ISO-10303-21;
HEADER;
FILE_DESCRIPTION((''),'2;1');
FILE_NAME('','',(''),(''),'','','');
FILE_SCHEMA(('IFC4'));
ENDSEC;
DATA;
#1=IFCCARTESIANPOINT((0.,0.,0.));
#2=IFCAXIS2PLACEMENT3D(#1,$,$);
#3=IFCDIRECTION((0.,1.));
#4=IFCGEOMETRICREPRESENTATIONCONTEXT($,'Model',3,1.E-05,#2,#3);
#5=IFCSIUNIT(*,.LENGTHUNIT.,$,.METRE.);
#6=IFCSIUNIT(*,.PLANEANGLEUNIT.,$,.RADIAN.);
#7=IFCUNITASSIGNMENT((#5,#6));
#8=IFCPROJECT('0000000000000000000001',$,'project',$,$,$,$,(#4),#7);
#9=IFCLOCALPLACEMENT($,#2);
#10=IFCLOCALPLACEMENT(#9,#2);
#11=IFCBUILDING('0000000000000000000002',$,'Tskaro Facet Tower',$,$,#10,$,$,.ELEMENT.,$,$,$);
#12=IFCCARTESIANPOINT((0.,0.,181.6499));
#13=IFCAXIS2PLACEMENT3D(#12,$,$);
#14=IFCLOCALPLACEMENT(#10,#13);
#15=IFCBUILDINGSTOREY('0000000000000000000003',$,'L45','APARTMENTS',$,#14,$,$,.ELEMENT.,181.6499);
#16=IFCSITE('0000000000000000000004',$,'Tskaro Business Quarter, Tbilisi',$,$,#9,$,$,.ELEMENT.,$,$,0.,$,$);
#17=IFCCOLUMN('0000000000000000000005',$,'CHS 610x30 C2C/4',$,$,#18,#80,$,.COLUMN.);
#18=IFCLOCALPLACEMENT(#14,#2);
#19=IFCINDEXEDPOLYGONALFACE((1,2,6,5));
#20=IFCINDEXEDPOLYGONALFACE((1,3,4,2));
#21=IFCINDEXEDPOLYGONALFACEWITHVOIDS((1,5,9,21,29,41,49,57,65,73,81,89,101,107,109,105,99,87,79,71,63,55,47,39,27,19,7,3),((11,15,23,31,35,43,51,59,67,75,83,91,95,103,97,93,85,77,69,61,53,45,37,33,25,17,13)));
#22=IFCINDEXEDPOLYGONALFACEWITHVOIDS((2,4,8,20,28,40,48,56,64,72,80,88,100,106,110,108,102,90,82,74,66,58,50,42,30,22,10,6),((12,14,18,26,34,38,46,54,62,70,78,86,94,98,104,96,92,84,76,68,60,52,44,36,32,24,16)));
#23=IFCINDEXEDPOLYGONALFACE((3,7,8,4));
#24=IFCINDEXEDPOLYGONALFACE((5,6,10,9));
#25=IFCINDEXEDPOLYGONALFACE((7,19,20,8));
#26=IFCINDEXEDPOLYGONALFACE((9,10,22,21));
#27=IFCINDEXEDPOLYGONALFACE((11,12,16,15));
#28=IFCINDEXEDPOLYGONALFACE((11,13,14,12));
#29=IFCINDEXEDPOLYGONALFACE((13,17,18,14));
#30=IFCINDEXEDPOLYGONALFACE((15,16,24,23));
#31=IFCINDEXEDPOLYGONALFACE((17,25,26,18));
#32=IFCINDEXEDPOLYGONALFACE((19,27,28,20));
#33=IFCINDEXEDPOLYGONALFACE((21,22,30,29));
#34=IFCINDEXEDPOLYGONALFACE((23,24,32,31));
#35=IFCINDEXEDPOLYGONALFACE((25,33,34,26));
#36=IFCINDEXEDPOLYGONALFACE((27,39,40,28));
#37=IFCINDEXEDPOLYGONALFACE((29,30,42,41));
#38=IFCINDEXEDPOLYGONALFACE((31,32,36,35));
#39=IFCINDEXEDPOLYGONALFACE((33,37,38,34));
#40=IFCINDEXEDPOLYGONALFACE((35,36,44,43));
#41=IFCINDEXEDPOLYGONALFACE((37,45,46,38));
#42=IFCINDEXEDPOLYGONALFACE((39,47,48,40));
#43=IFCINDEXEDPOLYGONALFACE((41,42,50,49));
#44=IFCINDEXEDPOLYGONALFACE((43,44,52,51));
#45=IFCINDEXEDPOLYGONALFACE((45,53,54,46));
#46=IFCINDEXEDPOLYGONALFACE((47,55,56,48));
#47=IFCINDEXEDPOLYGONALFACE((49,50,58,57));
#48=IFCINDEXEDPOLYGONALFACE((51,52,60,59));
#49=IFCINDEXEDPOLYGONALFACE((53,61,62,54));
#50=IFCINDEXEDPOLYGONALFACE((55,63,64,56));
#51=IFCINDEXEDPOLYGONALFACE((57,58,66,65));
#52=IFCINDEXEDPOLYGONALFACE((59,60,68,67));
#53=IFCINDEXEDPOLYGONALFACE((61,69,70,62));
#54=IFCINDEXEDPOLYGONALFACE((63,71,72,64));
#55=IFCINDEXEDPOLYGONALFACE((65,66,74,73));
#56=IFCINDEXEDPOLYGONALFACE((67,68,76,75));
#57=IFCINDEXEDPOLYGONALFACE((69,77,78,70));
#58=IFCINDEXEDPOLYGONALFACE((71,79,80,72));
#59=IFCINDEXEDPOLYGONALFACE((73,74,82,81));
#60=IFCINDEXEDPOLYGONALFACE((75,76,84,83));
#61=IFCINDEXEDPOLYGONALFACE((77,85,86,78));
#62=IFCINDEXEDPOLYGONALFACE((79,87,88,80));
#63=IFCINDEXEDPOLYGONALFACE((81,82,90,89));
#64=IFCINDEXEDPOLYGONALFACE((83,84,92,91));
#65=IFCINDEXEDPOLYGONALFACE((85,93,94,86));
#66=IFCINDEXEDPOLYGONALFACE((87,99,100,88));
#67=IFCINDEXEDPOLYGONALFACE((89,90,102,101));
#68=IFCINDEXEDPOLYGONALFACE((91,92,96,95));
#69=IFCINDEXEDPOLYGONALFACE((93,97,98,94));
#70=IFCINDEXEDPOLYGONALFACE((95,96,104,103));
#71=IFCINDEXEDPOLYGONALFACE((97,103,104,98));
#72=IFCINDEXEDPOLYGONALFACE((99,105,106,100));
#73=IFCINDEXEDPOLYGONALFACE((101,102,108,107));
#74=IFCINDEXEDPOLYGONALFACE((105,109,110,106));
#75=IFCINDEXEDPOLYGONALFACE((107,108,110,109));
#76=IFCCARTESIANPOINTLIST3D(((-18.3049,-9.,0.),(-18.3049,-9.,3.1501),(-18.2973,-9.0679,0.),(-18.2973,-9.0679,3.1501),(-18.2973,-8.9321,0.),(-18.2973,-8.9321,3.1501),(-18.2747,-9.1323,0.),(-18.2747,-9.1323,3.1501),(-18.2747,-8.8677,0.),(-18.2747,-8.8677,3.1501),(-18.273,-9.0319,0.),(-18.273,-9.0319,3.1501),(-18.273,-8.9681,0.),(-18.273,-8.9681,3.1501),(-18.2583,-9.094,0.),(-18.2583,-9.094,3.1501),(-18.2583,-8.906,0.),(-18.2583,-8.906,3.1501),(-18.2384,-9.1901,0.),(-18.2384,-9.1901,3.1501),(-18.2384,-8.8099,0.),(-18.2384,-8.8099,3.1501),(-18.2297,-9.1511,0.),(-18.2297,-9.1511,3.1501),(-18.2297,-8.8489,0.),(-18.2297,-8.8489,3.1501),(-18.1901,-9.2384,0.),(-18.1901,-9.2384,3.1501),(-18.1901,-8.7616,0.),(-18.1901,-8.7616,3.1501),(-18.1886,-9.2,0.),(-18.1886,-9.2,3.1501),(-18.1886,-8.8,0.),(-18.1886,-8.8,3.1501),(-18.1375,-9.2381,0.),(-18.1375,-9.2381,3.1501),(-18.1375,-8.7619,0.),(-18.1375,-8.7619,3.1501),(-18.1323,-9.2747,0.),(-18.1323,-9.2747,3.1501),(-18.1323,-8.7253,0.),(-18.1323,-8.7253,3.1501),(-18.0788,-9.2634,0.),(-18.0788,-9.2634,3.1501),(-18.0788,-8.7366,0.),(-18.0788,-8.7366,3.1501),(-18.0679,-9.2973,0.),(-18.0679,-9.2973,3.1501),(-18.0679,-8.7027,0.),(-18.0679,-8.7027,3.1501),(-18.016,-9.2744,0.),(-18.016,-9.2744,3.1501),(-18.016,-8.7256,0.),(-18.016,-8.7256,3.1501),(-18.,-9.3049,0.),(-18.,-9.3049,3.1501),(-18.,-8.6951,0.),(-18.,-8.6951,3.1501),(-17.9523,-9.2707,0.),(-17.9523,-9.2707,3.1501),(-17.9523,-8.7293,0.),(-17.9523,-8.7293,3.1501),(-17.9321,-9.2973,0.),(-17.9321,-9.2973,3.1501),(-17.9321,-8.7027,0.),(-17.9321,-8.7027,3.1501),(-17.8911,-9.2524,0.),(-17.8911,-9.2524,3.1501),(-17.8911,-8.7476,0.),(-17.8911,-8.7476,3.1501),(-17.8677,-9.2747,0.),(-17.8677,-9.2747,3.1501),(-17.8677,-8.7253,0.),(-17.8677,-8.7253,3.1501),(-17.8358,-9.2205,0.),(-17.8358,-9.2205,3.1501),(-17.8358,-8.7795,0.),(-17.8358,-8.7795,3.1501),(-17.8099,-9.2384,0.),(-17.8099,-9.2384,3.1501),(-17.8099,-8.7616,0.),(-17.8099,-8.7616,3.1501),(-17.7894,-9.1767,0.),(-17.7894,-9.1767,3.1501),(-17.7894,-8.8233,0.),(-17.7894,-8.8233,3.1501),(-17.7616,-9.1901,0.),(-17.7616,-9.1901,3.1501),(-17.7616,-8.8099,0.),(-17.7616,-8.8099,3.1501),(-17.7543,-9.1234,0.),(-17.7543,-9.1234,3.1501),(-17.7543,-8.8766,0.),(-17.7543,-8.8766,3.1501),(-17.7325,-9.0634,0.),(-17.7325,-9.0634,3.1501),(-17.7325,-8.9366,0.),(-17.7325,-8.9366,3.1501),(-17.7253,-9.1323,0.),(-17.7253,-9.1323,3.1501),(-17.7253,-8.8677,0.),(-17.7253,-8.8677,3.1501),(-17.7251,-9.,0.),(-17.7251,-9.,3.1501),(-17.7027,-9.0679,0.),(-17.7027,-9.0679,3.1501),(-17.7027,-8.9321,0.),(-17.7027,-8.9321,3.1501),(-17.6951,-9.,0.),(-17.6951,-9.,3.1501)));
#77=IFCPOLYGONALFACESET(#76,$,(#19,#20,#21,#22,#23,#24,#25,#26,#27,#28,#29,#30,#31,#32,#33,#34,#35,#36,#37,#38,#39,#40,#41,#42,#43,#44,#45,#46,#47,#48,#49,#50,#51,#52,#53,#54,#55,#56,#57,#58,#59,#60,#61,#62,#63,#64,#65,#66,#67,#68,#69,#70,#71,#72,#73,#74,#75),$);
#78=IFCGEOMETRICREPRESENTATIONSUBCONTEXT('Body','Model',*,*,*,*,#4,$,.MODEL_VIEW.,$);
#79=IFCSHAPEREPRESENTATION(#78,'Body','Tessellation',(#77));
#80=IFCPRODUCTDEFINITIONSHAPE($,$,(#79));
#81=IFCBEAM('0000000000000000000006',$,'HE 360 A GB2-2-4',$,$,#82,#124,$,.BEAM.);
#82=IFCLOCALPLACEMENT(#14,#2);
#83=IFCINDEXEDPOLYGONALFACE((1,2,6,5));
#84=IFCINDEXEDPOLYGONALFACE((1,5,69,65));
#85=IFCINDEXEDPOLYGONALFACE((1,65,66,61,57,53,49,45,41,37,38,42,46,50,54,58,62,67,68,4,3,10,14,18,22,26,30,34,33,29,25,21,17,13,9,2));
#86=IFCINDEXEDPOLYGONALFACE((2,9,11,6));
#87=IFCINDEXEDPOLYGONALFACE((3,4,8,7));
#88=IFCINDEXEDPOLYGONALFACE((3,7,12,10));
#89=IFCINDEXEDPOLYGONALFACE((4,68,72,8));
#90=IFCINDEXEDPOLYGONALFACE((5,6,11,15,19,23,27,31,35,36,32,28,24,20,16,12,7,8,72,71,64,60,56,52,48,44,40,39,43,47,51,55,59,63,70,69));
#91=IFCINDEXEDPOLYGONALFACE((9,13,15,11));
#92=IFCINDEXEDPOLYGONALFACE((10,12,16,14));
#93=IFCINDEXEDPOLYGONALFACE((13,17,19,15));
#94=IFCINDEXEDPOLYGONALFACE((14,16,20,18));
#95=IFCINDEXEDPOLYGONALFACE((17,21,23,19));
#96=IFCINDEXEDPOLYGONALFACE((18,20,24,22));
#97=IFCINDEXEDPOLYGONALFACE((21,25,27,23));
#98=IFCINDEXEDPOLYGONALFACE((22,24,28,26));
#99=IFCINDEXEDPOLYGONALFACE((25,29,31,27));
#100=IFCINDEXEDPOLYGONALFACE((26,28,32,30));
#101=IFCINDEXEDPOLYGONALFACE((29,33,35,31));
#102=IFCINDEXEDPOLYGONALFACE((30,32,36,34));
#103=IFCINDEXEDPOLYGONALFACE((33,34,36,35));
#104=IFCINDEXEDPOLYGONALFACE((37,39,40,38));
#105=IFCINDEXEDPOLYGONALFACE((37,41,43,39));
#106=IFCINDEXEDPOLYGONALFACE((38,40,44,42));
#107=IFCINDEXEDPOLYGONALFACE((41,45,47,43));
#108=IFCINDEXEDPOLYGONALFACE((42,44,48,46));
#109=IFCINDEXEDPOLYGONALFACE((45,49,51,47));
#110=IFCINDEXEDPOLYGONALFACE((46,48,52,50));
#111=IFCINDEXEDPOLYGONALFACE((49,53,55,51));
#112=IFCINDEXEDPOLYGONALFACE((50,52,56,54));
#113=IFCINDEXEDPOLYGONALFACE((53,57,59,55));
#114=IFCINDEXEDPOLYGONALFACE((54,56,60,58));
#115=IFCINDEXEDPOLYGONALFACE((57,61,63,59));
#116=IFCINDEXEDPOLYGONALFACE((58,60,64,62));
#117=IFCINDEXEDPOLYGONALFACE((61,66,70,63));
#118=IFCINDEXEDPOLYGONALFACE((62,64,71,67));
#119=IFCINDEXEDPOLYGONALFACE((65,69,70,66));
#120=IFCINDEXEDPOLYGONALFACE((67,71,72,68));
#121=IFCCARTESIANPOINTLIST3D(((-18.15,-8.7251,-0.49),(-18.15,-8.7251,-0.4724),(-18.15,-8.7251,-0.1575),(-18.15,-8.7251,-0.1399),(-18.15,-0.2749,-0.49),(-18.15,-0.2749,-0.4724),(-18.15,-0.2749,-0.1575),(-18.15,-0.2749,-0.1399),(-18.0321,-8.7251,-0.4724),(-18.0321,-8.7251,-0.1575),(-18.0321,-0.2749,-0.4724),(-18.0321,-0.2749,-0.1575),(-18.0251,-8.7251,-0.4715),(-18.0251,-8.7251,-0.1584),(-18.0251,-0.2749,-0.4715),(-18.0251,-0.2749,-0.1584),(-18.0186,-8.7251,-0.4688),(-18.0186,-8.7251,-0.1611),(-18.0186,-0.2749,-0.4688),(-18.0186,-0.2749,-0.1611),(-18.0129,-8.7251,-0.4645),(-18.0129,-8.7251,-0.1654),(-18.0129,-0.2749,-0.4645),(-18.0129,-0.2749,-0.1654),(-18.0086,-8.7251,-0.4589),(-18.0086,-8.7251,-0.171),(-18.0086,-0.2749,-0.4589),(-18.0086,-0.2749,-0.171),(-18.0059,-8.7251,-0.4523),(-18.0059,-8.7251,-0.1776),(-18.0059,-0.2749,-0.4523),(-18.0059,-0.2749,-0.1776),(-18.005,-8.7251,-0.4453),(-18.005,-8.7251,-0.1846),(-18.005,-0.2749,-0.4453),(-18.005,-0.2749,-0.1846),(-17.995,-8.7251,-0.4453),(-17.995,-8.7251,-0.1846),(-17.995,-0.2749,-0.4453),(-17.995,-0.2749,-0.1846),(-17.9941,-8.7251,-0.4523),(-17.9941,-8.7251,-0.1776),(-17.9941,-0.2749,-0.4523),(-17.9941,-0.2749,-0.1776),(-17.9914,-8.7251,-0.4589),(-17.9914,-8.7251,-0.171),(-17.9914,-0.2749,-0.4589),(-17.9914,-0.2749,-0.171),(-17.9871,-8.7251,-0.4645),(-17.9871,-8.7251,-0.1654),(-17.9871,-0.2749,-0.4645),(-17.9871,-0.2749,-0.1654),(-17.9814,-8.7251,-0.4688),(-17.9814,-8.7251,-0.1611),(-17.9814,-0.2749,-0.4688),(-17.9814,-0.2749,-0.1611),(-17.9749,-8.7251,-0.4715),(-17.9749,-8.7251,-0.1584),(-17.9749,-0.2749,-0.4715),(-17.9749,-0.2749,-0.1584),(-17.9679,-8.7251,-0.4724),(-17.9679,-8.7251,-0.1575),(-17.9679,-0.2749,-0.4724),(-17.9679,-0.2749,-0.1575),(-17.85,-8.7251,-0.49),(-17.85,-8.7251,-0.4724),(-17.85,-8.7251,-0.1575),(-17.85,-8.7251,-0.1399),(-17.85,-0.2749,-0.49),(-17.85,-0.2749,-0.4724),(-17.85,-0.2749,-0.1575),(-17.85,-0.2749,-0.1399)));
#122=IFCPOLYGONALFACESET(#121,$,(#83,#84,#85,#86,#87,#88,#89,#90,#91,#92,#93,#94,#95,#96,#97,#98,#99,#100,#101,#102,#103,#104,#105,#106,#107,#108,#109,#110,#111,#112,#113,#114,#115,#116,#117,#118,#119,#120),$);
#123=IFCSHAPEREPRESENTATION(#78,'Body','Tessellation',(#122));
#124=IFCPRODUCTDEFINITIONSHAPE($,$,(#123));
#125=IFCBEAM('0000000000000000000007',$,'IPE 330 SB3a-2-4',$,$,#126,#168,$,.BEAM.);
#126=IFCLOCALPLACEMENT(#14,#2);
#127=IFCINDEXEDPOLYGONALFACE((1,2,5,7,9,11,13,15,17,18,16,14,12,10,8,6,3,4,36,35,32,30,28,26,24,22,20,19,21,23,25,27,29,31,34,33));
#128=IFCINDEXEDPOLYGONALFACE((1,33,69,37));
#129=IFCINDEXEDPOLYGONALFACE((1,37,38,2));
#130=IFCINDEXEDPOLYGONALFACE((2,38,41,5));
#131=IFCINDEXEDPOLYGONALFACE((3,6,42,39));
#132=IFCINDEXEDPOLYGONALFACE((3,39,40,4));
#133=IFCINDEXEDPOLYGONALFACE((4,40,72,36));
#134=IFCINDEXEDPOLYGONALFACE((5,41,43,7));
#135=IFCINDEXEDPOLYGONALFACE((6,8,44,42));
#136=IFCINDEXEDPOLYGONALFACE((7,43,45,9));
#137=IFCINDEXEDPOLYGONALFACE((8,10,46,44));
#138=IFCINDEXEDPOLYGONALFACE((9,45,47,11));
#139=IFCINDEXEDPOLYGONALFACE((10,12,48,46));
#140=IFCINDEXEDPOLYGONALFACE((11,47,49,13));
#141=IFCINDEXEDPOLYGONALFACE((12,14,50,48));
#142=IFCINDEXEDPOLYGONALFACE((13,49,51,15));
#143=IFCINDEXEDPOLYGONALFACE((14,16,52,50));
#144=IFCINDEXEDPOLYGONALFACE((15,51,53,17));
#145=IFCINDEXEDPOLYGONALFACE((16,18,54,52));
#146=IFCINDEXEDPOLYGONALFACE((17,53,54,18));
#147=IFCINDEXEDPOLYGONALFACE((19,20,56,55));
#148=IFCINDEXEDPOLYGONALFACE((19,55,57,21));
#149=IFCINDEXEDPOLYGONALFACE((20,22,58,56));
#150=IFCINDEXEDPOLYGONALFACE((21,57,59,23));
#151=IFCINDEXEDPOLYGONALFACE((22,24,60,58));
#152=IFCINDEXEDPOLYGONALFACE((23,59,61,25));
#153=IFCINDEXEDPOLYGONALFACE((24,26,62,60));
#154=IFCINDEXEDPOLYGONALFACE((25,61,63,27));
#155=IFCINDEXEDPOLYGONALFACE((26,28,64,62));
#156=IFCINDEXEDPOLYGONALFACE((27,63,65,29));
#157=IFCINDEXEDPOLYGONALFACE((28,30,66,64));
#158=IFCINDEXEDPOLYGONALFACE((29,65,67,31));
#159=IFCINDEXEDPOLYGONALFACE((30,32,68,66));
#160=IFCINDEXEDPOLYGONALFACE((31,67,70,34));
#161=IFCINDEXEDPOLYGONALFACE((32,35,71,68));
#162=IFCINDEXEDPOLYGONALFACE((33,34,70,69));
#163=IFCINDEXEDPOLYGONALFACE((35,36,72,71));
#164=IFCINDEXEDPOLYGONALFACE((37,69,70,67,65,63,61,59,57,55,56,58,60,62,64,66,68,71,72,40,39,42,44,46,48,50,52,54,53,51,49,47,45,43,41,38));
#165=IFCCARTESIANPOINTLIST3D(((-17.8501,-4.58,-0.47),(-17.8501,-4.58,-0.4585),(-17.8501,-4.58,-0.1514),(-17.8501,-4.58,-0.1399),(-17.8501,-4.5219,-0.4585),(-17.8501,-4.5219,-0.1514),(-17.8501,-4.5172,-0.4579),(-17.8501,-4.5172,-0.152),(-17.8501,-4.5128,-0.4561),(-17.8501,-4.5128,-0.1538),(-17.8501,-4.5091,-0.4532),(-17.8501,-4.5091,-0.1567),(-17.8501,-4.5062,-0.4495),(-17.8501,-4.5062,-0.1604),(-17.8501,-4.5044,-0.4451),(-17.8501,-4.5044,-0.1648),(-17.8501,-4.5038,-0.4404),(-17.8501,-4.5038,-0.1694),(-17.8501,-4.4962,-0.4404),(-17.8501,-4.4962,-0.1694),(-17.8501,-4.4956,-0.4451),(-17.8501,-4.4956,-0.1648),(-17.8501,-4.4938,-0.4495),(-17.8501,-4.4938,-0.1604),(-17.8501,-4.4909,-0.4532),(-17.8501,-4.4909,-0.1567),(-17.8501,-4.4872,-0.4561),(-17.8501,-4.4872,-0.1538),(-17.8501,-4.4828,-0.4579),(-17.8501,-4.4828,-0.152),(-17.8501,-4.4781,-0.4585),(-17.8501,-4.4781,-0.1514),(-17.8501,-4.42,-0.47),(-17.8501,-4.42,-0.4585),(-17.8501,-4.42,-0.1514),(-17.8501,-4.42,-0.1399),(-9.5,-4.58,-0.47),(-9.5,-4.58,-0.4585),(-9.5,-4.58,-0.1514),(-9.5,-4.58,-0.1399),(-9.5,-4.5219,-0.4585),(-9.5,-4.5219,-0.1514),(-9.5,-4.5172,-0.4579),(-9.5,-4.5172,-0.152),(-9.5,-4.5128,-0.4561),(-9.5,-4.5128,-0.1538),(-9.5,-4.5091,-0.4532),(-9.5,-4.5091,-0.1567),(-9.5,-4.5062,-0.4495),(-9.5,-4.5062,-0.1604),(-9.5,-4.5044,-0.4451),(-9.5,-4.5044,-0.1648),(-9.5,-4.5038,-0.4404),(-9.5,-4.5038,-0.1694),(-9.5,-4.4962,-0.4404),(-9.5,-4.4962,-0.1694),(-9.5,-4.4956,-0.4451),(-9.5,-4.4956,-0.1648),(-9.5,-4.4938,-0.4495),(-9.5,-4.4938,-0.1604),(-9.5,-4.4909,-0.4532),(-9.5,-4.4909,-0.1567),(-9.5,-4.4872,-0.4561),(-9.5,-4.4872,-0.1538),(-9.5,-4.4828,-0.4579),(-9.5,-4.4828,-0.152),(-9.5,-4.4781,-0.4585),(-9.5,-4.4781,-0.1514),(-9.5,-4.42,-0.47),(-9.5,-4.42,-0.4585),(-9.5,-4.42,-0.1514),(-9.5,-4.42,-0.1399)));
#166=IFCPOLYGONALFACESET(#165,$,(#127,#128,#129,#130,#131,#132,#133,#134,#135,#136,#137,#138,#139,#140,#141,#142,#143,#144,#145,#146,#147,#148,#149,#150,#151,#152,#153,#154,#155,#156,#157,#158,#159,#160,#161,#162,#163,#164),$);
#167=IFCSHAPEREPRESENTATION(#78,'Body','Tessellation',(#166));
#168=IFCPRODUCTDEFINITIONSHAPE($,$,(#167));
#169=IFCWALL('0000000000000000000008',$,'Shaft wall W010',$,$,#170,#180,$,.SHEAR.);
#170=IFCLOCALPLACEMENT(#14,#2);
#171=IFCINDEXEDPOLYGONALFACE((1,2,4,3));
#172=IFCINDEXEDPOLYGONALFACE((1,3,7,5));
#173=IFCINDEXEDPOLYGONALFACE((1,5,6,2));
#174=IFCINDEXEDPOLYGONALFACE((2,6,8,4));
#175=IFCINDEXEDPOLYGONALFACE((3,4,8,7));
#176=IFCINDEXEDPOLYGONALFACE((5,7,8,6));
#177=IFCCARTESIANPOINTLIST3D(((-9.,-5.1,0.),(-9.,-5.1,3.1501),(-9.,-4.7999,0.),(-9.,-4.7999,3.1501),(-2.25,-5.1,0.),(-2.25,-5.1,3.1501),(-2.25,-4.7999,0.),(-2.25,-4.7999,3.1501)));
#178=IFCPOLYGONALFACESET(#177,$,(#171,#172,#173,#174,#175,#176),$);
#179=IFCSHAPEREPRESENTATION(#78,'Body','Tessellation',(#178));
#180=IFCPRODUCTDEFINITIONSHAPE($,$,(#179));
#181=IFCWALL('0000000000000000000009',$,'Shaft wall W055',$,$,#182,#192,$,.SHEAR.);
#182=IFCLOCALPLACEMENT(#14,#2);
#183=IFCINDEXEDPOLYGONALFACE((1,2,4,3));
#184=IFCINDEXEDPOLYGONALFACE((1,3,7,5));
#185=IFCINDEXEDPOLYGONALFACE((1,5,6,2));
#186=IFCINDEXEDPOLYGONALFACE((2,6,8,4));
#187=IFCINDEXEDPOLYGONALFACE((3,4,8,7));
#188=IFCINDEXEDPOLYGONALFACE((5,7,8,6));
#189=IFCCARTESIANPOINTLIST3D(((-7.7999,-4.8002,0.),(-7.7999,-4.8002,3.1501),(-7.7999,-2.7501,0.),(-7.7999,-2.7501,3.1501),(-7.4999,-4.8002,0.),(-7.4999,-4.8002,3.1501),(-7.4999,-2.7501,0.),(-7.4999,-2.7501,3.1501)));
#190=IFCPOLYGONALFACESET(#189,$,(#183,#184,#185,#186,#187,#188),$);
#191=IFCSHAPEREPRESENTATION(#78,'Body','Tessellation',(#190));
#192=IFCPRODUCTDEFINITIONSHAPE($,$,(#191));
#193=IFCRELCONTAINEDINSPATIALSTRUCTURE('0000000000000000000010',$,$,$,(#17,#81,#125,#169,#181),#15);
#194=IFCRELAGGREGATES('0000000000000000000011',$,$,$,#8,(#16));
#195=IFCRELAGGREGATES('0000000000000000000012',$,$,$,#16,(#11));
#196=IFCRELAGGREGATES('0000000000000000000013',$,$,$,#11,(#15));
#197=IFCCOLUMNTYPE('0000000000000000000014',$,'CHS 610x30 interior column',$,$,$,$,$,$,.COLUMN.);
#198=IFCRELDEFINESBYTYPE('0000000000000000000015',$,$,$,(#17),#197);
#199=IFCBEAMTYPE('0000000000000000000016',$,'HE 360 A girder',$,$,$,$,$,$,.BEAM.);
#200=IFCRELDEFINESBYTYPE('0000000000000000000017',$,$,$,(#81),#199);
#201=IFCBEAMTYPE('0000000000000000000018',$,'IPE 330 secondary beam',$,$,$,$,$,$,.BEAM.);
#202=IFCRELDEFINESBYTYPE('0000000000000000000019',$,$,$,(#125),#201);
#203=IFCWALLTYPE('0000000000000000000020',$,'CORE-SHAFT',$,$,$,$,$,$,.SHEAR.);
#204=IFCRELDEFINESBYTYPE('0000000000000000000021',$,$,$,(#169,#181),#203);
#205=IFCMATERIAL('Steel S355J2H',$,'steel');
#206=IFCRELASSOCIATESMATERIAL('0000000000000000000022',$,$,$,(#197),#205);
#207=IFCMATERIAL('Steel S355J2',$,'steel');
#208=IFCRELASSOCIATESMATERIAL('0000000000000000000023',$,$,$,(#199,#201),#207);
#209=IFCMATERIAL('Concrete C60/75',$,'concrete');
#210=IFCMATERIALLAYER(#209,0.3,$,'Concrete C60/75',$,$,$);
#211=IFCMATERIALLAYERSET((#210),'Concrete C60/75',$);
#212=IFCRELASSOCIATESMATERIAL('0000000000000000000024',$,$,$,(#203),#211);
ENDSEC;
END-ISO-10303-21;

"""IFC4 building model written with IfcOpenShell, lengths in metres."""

from ifc_helpers import new_model, si_unit, direction, frame, frame_2d, origin, origin_2d, place, context, subcontext, project, spatial, rectangle, hollow_circle, i_section, extrude, material, layer, layer_set, material_profile, profile_set, type_object, element, save


model = new_model("IFC4")

# Units and contexts
model_context = context("Model", 3, precision=1e-05, world=origin(), true_north=direction((0.0, 1.0)))
body_context = subcontext(model_context, "Body", "Model", "MODEL_VIEW")
ifc_project = project(units=[si_unit("LENGTHUNIT", "METRE"), si_unit("PLANEANGLEUNIT", "RADIAN")], contexts=[model_context])

# Site, building, storey
site_placement = place(None, origin())
site = spatial("IfcSite", under=ifc_project, at=site_placement, Name="Tskaro Business Quarter, Tbilisi", CompositionType="ELEMENT", RefElevation=0.0)
building_placement = place(site_placement, origin())
building = spatial("IfcBuilding", under=site, at=building_placement, Name="Tskaro Facet Tower", CompositionType="ELEMENT")
storey_placement = place(building_placement, frame((0.0, 0.0, 181.6499)))
storey = spatial("IfcBuildingStorey", under=building, at=storey_placement, Name="L45", Description="APARTMENTS", CompositionType="ELEMENT", Elevation=181.6499)

# Column
ifc_material_1 = material(Name="Steel S355J2H", Category="steel")
ifc_material_profile_1 = material_profile(ifc_material_1, hollow_circle(Radius=0.3049, WallThickness=0.03, at=origin_2d()), Name="CHS 610x30")
ifc_profile_set_1 = profile_set([ifc_material_profile_1], Name="Steel S355J2H")
column_type = type_object("IfcColumnType", Name="CHS 610x30 interior column", PredefinedType="COLUMN", material=ifc_profile_set_1)
column_placement = place(storey_placement, frame((-18.0, -9.0, 0.0), z_axis=(0.0, 0.0, 1.0), x_axis=(1.0, 0.0, 0.0)))
element("IfcColumn", 1, at=column_placement, inside=storey, type_object=column_type, Name="CHS 610x30 C2C/4", PredefinedType="COLUMN", context=body_context, shape_type="SweptSolid", body=[
    extrude(hollow_circle(Radius=0.3049, WallThickness=0.03, at=origin_2d()), origin(), (0.0, 0.0, 1.0), 3.1501),
])

# Beams
ifc_material_2 = material(Name="Steel S355J2", Category="steel")
ifc_material_profile_2 = material_profile(ifc_material_2, i_section(OverallWidth=0.3, OverallDepth=0.3501, WebThickness=0.01, FlangeThickness=0.0176, FilletRadius=0.0271, at=origin_2d()), Name="HE 360 A")
ifc_profile_set_2 = profile_set([ifc_material_profile_2], Name="Steel S355J2")
beam_type_1 = type_object("IfcBeamType", Name="HE 360 A girder", PredefinedType="BEAM", material=ifc_profile_set_2)
beam_1_placement = place(storey_placement, frame((-18.0, -8.7251, -0.3149), z_axis=(0.0, 1.0, 0.0), x_axis=(-1.0, 0.0, 0.0)))
element("IfcBeam", 2, at=beam_1_placement, inside=storey, type_object=beam_type_1, Name="HE 360 A GB2-2-4", PredefinedType="BEAM", context=body_context, shape_type="SweptSolid", body=[
    extrude(i_section(OverallWidth=0.3, OverallDepth=0.3501, WebThickness=0.01, FlangeThickness=0.0176, FilletRadius=0.0271, at=origin_2d()), origin(), (0.0, 0.0, 1.0), 8.4502),
])
ifc_material_profile_3 = material_profile(ifc_material_2, i_section(OverallWidth=0.1599, OverallDepth=0.3301, WebThickness=0.0076, FlangeThickness=0.0115, FilletRadius=0.0181, at=origin_2d()), Name="IPE 330")
ifc_profile_set_3 = profile_set([ifc_material_profile_3], Name="Steel S355J2")
beam_type_2 = type_object("IfcBeamType", Name="IPE 330 secondary beam", PredefinedType="BEAM", material=ifc_profile_set_3)
beam_2_placement = place(storey_placement, frame((-17.8501, -4.5, -0.3049), z_axis=(1.0, 0.0, 0.0), x_axis=(0.0, 1.0, 0.0)))
element("IfcBeam", 3, at=beam_2_placement, inside=storey, type_object=beam_type_2, Name="IPE 330 SB3a-2-4", PredefinedType="BEAM", context=body_context, shape_type="SweptSolid", body=[
    extrude(i_section(OverallWidth=0.1599, OverallDepth=0.3301, WebThickness=0.0076, FlangeThickness=0.0115, FilletRadius=0.0181, at=origin_2d()), origin(), (0.0, 0.0, 1.0), 8.3501),
])

# Walls
ifc_material_3 = material(Name="Concrete C60/75", Category="concrete")
ifc_layer_1 = layer(ifc_material_3, 0.3, Name="Concrete C60/75")
ifc_layer_set_1 = layer_set([ifc_layer_1], Name="Concrete C60/75")
wall_type_1 = type_object("IfcWallType", Name="CORE-SHAFT", PredefinedType="SHEAR", material=ifc_layer_set_1)
wall_1_placement = place(storey_placement, frame((-9.0, -4.95, 0.0), z_axis=(0.0, 0.0, 1.0), x_axis=(1.0, 0.0, 0.0)))
element("IfcWall", 4, at=wall_1_placement, inside=storey, type_object=wall_type_1, Name="Shaft wall W010", PredefinedType="SHEAR", context=body_context, shape_type="SweptSolid", body=[
    extrude(rectangle(XDim=6.75, YDim=0.3, at=frame_2d((3.375, 0.0))), origin(), (0.0, 0.0, 1.0), 3.1501),
])
wall_2_placement = place(storey_placement, frame((-7.6499, -4.8, 0.0), z_axis=(0.0, 0.0, 1.0), x_axis=(0.0, 1.0, 0.0)))
element("IfcWall", 5, at=wall_2_placement, inside=storey, type_object=wall_type_1, Name="Shaft wall W055", PredefinedType="SHEAR", context=body_context, shape_type="SweptSolid", body=[
    extrude(rectangle(XDim=2.05, YDim=0.3, at=frame_2d((1.0249, 0.0))), origin(), (0.0, 0.0, 1.0), 3.1501),
])

save(model, "model.ifc")
